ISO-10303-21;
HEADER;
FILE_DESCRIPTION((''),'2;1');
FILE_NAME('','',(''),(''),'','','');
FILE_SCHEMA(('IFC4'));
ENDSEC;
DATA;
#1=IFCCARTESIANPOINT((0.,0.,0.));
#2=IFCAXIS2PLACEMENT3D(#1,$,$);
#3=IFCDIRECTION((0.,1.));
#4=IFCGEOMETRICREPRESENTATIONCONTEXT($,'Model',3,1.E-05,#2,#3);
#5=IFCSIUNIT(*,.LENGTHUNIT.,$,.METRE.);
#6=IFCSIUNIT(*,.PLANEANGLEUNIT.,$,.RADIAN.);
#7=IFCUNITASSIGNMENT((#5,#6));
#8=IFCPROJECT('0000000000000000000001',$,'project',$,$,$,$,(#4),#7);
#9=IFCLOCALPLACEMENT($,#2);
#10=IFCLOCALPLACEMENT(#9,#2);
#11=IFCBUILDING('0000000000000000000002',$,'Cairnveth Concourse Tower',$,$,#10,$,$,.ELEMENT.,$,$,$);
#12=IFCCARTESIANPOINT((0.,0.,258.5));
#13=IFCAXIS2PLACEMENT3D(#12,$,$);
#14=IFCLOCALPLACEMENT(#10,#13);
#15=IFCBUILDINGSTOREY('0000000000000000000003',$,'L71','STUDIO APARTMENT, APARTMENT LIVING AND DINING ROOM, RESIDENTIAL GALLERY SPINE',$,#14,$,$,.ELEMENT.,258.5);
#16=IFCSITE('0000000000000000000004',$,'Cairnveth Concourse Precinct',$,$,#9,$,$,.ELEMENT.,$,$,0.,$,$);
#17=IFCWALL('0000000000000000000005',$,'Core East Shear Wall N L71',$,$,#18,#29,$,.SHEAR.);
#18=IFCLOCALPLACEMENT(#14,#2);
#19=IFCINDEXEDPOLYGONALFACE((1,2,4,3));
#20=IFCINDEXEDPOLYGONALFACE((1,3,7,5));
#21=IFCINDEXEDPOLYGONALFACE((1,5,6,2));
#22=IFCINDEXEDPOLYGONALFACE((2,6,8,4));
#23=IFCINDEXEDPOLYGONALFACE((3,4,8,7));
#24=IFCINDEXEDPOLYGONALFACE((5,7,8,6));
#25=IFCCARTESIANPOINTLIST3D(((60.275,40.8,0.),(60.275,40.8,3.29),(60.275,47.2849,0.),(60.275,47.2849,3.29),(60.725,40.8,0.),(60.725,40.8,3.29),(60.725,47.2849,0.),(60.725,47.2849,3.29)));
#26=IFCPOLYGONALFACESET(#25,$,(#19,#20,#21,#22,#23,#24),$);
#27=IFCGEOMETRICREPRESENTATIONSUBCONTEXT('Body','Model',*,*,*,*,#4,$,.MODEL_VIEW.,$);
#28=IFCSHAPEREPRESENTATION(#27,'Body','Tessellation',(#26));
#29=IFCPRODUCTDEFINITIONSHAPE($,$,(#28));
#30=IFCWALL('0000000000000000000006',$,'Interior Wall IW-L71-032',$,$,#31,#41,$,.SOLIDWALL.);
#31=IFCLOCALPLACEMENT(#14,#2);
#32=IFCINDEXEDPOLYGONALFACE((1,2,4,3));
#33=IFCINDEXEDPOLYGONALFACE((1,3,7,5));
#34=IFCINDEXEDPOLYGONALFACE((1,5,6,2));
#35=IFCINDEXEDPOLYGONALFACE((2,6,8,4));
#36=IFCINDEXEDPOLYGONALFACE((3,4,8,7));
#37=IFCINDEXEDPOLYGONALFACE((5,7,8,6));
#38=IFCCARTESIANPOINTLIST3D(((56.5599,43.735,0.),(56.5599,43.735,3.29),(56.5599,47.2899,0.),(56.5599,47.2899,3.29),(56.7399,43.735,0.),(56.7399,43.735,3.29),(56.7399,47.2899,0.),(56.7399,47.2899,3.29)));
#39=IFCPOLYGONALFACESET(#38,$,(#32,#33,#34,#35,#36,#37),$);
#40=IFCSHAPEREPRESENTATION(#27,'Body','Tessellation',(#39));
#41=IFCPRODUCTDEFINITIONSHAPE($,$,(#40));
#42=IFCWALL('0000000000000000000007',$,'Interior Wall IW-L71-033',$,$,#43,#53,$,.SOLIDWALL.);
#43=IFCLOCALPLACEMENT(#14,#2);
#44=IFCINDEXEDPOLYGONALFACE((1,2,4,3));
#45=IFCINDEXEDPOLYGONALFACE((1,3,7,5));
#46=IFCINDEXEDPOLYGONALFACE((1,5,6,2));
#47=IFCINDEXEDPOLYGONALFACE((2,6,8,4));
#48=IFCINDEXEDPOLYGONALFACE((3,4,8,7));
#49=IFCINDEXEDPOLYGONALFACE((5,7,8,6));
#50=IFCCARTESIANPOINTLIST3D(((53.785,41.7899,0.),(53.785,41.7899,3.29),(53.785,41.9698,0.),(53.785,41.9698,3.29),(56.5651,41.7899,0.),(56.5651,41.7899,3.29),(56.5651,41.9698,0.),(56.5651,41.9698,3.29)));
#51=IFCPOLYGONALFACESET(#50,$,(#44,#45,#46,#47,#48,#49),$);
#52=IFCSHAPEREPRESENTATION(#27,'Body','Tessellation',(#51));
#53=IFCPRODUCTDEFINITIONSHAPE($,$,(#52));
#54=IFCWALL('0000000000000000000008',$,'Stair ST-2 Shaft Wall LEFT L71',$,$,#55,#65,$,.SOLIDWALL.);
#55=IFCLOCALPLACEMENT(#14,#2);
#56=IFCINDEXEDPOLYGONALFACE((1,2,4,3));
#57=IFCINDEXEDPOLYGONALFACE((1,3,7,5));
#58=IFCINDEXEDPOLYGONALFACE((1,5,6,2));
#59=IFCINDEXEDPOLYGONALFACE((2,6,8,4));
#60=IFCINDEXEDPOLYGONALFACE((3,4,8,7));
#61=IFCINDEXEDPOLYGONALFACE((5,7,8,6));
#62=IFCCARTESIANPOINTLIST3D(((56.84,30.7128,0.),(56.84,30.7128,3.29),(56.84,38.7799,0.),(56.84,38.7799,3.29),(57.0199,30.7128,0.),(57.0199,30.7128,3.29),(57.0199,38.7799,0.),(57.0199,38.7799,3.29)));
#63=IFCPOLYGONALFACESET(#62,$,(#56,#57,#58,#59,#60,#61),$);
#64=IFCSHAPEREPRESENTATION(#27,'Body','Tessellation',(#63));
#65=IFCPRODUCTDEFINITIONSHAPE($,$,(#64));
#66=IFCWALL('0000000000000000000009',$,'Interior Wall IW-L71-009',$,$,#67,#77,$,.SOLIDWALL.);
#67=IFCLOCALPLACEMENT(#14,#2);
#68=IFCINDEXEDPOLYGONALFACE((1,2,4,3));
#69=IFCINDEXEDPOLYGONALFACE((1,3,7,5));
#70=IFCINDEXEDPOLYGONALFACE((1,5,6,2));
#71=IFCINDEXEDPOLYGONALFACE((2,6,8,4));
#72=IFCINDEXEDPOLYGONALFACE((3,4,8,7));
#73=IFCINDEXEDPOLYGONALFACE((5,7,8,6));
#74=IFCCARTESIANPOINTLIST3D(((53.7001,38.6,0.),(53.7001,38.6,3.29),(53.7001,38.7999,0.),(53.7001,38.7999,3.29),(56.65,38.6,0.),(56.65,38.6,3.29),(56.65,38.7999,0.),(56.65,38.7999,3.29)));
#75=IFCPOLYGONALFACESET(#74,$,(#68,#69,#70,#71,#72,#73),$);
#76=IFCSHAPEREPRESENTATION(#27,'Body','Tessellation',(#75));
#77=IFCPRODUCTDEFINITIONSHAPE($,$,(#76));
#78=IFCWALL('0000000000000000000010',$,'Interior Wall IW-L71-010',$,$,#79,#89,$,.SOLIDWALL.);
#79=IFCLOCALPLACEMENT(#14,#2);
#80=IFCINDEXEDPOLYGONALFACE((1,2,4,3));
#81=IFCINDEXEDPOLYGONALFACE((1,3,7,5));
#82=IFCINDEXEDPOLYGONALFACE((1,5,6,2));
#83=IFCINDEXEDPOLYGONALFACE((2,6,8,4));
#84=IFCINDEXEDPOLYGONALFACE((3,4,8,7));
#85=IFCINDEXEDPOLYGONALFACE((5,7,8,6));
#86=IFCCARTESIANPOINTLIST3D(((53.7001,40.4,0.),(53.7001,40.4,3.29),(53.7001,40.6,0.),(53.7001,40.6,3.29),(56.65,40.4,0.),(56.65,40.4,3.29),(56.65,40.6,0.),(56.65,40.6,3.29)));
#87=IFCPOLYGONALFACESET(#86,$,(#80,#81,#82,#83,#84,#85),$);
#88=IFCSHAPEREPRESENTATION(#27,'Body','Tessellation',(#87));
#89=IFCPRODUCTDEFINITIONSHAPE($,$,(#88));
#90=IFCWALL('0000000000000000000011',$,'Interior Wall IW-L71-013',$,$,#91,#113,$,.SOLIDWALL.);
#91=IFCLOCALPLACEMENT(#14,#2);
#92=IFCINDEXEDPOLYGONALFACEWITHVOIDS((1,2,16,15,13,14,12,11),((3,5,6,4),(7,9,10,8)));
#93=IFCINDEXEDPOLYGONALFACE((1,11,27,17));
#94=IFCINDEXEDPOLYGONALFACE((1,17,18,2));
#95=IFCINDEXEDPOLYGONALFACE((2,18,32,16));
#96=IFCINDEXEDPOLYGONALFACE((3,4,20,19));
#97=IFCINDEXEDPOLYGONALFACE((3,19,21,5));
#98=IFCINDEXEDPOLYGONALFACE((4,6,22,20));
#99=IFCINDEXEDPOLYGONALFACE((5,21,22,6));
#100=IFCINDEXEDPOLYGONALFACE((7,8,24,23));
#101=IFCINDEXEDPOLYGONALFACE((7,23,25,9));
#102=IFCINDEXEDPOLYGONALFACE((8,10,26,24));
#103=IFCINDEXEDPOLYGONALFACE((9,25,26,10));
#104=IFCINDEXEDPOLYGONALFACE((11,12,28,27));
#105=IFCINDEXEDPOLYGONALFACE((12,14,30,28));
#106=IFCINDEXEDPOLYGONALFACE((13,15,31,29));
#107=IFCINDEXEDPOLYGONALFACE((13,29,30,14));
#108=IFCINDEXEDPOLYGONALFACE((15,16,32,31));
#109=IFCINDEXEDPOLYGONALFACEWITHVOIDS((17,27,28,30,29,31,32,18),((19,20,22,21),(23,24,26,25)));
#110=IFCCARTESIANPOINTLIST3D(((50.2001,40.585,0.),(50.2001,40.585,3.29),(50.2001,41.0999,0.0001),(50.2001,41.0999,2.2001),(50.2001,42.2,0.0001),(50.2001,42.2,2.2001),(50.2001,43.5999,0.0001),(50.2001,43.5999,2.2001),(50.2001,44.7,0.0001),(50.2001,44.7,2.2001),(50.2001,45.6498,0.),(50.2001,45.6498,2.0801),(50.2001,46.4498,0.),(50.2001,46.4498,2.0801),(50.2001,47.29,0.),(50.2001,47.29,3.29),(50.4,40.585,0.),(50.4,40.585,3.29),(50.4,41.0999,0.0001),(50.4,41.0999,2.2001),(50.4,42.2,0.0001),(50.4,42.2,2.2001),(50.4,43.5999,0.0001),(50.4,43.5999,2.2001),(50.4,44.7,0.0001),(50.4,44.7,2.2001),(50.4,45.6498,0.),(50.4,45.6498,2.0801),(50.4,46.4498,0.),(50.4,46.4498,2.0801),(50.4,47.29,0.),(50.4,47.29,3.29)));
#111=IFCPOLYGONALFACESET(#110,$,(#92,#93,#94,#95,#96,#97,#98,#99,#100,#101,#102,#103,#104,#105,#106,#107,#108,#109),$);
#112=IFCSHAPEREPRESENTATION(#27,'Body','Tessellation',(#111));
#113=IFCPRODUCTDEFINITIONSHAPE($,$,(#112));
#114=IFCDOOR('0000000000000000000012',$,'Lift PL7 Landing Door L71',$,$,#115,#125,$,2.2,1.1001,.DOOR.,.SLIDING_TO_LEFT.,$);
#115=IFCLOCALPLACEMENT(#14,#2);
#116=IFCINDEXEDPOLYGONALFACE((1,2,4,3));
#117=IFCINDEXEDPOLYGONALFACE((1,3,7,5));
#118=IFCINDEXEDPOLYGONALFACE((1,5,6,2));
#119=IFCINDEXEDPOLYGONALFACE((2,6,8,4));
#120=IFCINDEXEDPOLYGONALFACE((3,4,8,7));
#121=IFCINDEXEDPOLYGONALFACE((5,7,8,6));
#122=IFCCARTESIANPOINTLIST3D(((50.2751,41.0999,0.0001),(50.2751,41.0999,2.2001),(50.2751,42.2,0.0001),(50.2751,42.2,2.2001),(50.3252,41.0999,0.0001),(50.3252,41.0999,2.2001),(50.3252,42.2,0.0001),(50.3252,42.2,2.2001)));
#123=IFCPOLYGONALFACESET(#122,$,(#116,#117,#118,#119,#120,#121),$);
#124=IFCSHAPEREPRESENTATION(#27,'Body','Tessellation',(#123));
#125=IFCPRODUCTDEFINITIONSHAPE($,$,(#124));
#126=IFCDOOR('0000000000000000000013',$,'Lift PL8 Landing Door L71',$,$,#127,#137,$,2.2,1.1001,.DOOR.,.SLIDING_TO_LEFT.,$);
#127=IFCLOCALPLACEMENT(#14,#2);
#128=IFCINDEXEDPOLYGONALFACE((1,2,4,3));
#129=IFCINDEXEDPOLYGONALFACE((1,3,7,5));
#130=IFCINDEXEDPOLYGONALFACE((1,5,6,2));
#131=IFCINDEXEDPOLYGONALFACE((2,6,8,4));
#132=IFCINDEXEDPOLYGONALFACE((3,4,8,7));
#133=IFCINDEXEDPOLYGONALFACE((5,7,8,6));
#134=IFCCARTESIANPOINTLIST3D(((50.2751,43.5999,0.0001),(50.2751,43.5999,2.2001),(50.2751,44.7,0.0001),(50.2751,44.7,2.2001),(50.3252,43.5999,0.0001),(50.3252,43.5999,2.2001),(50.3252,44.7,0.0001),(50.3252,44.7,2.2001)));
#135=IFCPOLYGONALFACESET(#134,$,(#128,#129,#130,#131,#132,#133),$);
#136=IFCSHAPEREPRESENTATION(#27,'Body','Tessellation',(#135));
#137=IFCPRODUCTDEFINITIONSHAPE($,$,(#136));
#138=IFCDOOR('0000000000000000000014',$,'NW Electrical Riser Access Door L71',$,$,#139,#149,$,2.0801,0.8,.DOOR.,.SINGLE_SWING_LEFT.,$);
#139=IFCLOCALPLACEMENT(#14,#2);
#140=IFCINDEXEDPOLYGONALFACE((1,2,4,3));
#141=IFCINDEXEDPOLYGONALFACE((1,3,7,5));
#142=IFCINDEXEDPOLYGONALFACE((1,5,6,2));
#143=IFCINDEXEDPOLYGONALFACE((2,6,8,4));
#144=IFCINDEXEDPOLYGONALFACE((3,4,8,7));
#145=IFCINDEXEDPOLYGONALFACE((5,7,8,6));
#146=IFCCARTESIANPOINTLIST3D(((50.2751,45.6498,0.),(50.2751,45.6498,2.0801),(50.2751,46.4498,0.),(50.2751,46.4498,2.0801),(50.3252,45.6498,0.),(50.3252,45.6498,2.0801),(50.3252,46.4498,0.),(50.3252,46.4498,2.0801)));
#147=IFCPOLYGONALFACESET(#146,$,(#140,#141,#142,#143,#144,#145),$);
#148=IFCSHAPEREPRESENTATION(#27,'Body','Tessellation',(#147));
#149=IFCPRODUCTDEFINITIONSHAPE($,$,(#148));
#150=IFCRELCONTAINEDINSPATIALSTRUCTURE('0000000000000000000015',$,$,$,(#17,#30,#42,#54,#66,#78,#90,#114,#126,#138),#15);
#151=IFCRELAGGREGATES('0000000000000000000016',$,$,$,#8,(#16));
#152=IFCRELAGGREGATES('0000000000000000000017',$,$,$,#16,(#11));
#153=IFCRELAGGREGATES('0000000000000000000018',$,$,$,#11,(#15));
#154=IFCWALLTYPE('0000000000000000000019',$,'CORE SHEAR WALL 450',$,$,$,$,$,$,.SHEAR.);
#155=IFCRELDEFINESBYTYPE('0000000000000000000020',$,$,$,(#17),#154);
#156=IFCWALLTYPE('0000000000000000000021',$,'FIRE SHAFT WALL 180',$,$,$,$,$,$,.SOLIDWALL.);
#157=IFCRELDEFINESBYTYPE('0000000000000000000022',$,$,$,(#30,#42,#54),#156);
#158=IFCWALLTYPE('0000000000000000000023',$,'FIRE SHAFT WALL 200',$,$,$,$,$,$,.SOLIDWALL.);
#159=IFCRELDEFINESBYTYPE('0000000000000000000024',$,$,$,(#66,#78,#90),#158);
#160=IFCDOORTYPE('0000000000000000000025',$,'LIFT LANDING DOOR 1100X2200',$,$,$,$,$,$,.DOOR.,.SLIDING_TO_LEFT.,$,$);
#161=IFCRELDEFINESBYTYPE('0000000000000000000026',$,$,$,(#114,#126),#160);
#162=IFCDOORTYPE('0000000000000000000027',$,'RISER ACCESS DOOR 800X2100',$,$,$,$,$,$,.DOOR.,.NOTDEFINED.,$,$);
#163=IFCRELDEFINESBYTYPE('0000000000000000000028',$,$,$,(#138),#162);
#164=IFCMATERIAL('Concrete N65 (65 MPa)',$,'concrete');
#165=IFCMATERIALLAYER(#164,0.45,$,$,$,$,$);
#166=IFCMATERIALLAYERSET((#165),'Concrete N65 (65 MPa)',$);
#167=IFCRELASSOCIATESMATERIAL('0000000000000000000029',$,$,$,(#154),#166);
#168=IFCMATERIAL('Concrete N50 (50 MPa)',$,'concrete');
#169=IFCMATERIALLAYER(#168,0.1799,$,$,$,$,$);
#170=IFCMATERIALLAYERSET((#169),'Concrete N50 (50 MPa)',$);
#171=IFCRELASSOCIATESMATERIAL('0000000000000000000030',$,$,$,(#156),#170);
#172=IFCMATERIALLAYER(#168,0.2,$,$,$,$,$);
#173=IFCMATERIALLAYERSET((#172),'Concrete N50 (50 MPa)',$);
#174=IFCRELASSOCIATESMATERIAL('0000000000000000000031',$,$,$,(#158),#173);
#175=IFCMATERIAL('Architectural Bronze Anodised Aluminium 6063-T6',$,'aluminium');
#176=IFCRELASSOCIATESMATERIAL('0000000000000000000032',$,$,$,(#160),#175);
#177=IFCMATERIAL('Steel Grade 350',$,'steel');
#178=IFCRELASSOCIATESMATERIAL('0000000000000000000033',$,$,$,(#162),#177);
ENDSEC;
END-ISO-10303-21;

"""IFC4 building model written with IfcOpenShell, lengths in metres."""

from ifc_helpers import new_model, si_unit, direction, frame, frame_2d, origin, place, context, subcontext, project, spatial, rectangle, extrude, material, layer, layer_set, type_object, element, fill, save


model = new_model("IFC4")

# Units and contexts
model_context = context("Model", 3, precision=1e-05, world=origin(), true_north=direction((0.0, 1.0)))
body_context = subcontext(model_context, "Body", "Model", "MODEL_VIEW")
ifc_project = project(units=[si_unit("LENGTHUNIT", "METRE"), si_unit("PLANEANGLEUNIT", "RADIAN")], contexts=[model_context])

# Site, building, storey
site_placement = place(None, origin())
site = spatial("IfcSite", under=ifc_project, at=site_placement, Name="Cairnveth Concourse Precinct", CompositionType="ELEMENT", RefElevation=0.0)
building_placement = place(site_placement, origin())
building = spatial("IfcBuilding", under=site, at=building_placement, Name="Cairnveth Concourse Tower", CompositionType="ELEMENT")
storey_placement = place(building_placement, frame((0.0, 0.0, 258.5)))
storey = spatial("IfcBuildingStorey", under=building, at=storey_placement, Name="L71", Description="STUDIO APARTMENT, APARTMENT LIVING AND DINING ROOM, RESIDENTIAL GALLERY SPINE", CompositionType="ELEMENT", Elevation=258.5)

# Walls
ifc_material_1 = material(Name="Concrete N65 (65 MPa)", Category="concrete")
ifc_layer_1 = layer(ifc_material_1, 0.45)
ifc_layer_set_1 = layer_set([ifc_layer_1], Name="Concrete N65 (65 MPa)")
wall_type_1 = type_object("IfcWallType", Name="CORE SHEAR WALL 450", PredefinedType="SHEAR", material=ifc_layer_set_1)
wall_1_placement = place(storey_placement, frame((60.5, 40.8, 0.0), z_axis=(0.0, 0.0, 1.0), x_axis=(0.0, 1.0, 0.0)))
element("IfcWall", 1, at=wall_1_placement, inside=storey, type_object=wall_type_1, Name="Core East Shear Wall N L71", PredefinedType="SHEAR", context=body_context, shape_type="SweptSolid", body=[
    extrude(rectangle(XDim=6.4849, YDim=0.45, at=frame_2d((3.2424, 0.0))), origin(), (0.0, 0.0, 1.0), 3.29),
])
ifc_material_2 = material(Name="Concrete N50 (50 MPa)", Category="concrete")
ifc_layer_2 = layer(ifc_material_2, 0.1799)
ifc_layer_set_2 = layer_set([ifc_layer_2], Name="Concrete N50 (50 MPa)")
wall_type_2 = type_object("IfcWallType", Name="FIRE SHAFT WALL 180", PredefinedType="SOLIDWALL", material=ifc_layer_set_2)
wall_2_placement = place(storey_placement, frame((56.6499, 43.7351, 0.0), z_axis=(0.0, 0.0, 1.0), x_axis=(0.0, 1.0, 0.0)))
element("IfcWall", 2, at=wall_2_placement, inside=storey, type_object=wall_type_2, Name="Interior Wall IW-L71-032", PredefinedType="SOLIDWALL", context=body_context, shape_type="SweptSolid", body=[
    extrude(rectangle(XDim=3.5549, YDim=0.1799, at=frame_2d((1.7773, 0.0))), origin(), (0.0, 0.0, 1.0), 3.29),
])
wall_3_placement = place(storey_placement, frame((53.7849, 41.8799, 0.0), z_axis=(0.0, 0.0, 1.0), x_axis=(1.0, 0.0, 0.0)))
element("IfcWall", 3, at=wall_3_placement, inside=storey, type_object=wall_type_2, Name="Interior Wall IW-L71-033", PredefinedType="SOLIDWALL", context=body_context, shape_type="SweptSolid", body=[
    extrude(rectangle(XDim=2.78, YDim=0.1799, at=frame_2d((1.3901, 0.0))), origin(), (0.0, 0.0, 1.0), 3.29),
])

# Shared definitions
ifc_material_3 = material(Name="Steel Grade 350", Category="steel")

# Walls
wall_4_placement = place(storey_placement, frame((56.9299, 38.78, 0.0), z_axis=(0.0, 0.0, 1.0), x_axis=(0.0, -1.0, 0.0)))
element("IfcWall", 4, at=wall_4_placement, inside=storey, type_object=wall_type_2, Name="Stair ST-2 Shaft Wall LEFT L71", PredefinedType="SOLIDWALL", context=body_context, shape_type="SweptSolid", body=[
    extrude(rectangle(XDim=8.0671, YDim=0.1799, at=frame_2d((4.0337, 0.0))), origin(), (0.0, 0.0, 1.0), 3.29),
])
ifc_layer_3 = layer(ifc_material_2, 0.2)
ifc_layer_set_3 = layer_set([ifc_layer_3], Name="Concrete N50 (50 MPa)")
wall_type_3 = type_object("IfcWallType", Name="FIRE SHAFT WALL 200", PredefinedType="SOLIDWALL", material=ifc_layer_set_3)
for number, where, z_axis, x_axis, name in (
    (5, (53.7, 38.7, 0.0), (0.0, 0.0, 1.0), (1.0, 0.0, 0.0), "Interior Wall IW-L71-009"),
    (6, (53.7, 40.5, 0.0), (0.0, 0.0, 1.0), (1.0, 0.0, 0.0), "Interior Wall IW-L71-010"),
):
    element("IfcWall", number, at=place(storey_placement, frame(where, z_axis=z_axis, x_axis=x_axis)), inside=storey, type_object=wall_type_3, Name=name, PredefinedType="SOLIDWALL", context=body_context, shape_type="SweptSolid", body=[
        extrude(rectangle(XDim=2.95, YDim=0.2, at=frame_2d((1.4751, 0.0))), origin(), (0.0, 0.0, 1.0), 3.29),
    ])

# Wall, openings, doors
wall_5_placement = place(storey_placement, frame((50.3, 40.585, 0.0), z_axis=(0.0, 0.0, 1.0), x_axis=(0.0, 1.0, 0.0)))
wall_5 = element("IfcWall", 7, at=wall_5_placement, inside=storey, type_object=wall_type_3, Name="Interior Wall IW-L71-013", PredefinedType="SOLIDWALL", context=body_context, shape_type="SweptSolid", body=[
    extrude(rectangle(XDim=6.7051, YDim=0.2, at=frame_2d((3.3525, 0.0))), origin(), (0.0, 0.0, 1.0), 3.29),
])
opening_1_placement = place(wall_5_placement, frame((0.5149, 0.0, 0.0)))
opening_1 = element("IfcOpeningElement", 8, at=opening_1_placement, cuts=wall_5, PredefinedType="OPENING", context=body_context, shape_type="SweptSolid", body=[
    extrude(rectangle(XDim=1.1001, YDim=2.2, at=frame_2d((0.55, 1.1001))), frame((0.0, 0.1099, 0.0), z_axis=(0.0, -1.0, 0.0), x_axis=(1.0, 0.0, 0.0)), (0.0, 0.0, 1.0), 0.22),
])
opening_2_placement = place(wall_5_placement, frame((3.0149, 0.0, 0.0)))
opening_2 = element("IfcOpeningElement", 9, at=opening_2_placement, cuts=wall_5, PredefinedType="OPENING", context=body_context, shape_type="SweptSolid", body=[
    extrude(rectangle(XDim=1.1001, YDim=2.2, at=frame_2d((0.55, 1.1001))), frame((0.0, 0.1099, 0.0), z_axis=(0.0, -1.0, 0.0), x_axis=(1.0, 0.0, 0.0)), (0.0, 0.0, 1.0), 0.22),
])
opening_3_placement = place(wall_5_placement, frame((5.0649, 0.0, 0.0)))
opening_3 = element("IfcOpeningElement", 10, at=opening_3_placement, cuts=wall_5, PredefinedType="OPENING", context=body_context, shape_type="SweptSolid", body=[
    extrude(rectangle(XDim=0.8, YDim=2.0801, at=frame_2d((0.3999, 1.04))), frame((0.0, 0.1099, 0.0), z_axis=(0.0, -1.0, 0.0), x_axis=(1.0, 0.0, 0.0)), (0.0, 0.0, 1.0), 0.22),
])
ifc_material_4 = material(Name="Architectural Bronze Anodised Aluminium 6063-T6", Category="aluminium")
door_type_1 = type_object("IfcDoorType", Name="LIFT LANDING DOOR 1100X2200", OperationType="SLIDING_TO_LEFT", PredefinedType="DOOR", material=ifc_material_4)
door_1_placement = place(opening_1_placement, origin())
door_1 = element("IfcDoor", 11, at=door_1_placement, inside=storey, type_object=door_type_1, Name="Lift PL7 Landing Door L71", OperationType="SLIDING_TO_LEFT", OverallHeight=2.2, OverallWidth=1.1001, PredefinedType="DOOR", context=body_context, shape_type="SweptSolid", body=[
    extrude(rectangle(XDim=1.1001, YDim=2.2, at=frame_2d((0.55, 1.1001))), frame((0.0, 0.0249, 0.0), z_axis=(0.0, -1.0, 0.0), x_axis=(1.0, 0.0, 0.0)), (0.0, 0.0, 1.0), 0.05),
])
fill(opening_1, door_1)
door_2_placement = place(opening_2_placement, origin())
door_2 = element("IfcDoor", 12, at=door_2_placement, inside=storey, type_object=door_type_1, Name="Lift PL8 Landing Door L71", OperationType="SLIDING_TO_LEFT", OverallHeight=2.2, OverallWidth=1.1001, PredefinedType="DOOR", context=body_context, shape_type="SweptSolid", body=[
    extrude(rectangle(XDim=1.1001, YDim=2.2, at=frame_2d((0.55, 1.1001))), frame((0.0, 0.0249, 0.0), z_axis=(0.0, -1.0, 0.0), x_axis=(1.0, 0.0, 0.0)), (0.0, 0.0, 1.0), 0.05),
])
fill(opening_2, door_2)
door_type_2 = type_object("IfcDoorType", Name="RISER ACCESS DOOR 800X2100", OperationType="NOTDEFINED", PredefinedType="DOOR", material=ifc_material_3)
door_3_placement = place(opening_3_placement, origin())
door_3 = element("IfcDoor", 13, at=door_3_placement, inside=storey, type_object=door_type_2, Name="NW Electrical Riser Access Door L71", OperationType="SINGLE_SWING_LEFT", OverallHeight=2.0801, OverallWidth=0.8, PredefinedType="DOOR", context=body_context, shape_type="SweptSolid", body=[
    extrude(rectangle(XDim=0.8, YDim=2.0801, at=frame_2d((0.3999, 1.04))), frame((0.0, 0.0249, 0.0), z_axis=(0.0, -1.0, 0.0), x_axis=(1.0, 0.0, 0.0)), (0.0, 0.0, 1.0), 0.05),
])
fill(opening_3, door_3)

save(model, "model.ifc")
